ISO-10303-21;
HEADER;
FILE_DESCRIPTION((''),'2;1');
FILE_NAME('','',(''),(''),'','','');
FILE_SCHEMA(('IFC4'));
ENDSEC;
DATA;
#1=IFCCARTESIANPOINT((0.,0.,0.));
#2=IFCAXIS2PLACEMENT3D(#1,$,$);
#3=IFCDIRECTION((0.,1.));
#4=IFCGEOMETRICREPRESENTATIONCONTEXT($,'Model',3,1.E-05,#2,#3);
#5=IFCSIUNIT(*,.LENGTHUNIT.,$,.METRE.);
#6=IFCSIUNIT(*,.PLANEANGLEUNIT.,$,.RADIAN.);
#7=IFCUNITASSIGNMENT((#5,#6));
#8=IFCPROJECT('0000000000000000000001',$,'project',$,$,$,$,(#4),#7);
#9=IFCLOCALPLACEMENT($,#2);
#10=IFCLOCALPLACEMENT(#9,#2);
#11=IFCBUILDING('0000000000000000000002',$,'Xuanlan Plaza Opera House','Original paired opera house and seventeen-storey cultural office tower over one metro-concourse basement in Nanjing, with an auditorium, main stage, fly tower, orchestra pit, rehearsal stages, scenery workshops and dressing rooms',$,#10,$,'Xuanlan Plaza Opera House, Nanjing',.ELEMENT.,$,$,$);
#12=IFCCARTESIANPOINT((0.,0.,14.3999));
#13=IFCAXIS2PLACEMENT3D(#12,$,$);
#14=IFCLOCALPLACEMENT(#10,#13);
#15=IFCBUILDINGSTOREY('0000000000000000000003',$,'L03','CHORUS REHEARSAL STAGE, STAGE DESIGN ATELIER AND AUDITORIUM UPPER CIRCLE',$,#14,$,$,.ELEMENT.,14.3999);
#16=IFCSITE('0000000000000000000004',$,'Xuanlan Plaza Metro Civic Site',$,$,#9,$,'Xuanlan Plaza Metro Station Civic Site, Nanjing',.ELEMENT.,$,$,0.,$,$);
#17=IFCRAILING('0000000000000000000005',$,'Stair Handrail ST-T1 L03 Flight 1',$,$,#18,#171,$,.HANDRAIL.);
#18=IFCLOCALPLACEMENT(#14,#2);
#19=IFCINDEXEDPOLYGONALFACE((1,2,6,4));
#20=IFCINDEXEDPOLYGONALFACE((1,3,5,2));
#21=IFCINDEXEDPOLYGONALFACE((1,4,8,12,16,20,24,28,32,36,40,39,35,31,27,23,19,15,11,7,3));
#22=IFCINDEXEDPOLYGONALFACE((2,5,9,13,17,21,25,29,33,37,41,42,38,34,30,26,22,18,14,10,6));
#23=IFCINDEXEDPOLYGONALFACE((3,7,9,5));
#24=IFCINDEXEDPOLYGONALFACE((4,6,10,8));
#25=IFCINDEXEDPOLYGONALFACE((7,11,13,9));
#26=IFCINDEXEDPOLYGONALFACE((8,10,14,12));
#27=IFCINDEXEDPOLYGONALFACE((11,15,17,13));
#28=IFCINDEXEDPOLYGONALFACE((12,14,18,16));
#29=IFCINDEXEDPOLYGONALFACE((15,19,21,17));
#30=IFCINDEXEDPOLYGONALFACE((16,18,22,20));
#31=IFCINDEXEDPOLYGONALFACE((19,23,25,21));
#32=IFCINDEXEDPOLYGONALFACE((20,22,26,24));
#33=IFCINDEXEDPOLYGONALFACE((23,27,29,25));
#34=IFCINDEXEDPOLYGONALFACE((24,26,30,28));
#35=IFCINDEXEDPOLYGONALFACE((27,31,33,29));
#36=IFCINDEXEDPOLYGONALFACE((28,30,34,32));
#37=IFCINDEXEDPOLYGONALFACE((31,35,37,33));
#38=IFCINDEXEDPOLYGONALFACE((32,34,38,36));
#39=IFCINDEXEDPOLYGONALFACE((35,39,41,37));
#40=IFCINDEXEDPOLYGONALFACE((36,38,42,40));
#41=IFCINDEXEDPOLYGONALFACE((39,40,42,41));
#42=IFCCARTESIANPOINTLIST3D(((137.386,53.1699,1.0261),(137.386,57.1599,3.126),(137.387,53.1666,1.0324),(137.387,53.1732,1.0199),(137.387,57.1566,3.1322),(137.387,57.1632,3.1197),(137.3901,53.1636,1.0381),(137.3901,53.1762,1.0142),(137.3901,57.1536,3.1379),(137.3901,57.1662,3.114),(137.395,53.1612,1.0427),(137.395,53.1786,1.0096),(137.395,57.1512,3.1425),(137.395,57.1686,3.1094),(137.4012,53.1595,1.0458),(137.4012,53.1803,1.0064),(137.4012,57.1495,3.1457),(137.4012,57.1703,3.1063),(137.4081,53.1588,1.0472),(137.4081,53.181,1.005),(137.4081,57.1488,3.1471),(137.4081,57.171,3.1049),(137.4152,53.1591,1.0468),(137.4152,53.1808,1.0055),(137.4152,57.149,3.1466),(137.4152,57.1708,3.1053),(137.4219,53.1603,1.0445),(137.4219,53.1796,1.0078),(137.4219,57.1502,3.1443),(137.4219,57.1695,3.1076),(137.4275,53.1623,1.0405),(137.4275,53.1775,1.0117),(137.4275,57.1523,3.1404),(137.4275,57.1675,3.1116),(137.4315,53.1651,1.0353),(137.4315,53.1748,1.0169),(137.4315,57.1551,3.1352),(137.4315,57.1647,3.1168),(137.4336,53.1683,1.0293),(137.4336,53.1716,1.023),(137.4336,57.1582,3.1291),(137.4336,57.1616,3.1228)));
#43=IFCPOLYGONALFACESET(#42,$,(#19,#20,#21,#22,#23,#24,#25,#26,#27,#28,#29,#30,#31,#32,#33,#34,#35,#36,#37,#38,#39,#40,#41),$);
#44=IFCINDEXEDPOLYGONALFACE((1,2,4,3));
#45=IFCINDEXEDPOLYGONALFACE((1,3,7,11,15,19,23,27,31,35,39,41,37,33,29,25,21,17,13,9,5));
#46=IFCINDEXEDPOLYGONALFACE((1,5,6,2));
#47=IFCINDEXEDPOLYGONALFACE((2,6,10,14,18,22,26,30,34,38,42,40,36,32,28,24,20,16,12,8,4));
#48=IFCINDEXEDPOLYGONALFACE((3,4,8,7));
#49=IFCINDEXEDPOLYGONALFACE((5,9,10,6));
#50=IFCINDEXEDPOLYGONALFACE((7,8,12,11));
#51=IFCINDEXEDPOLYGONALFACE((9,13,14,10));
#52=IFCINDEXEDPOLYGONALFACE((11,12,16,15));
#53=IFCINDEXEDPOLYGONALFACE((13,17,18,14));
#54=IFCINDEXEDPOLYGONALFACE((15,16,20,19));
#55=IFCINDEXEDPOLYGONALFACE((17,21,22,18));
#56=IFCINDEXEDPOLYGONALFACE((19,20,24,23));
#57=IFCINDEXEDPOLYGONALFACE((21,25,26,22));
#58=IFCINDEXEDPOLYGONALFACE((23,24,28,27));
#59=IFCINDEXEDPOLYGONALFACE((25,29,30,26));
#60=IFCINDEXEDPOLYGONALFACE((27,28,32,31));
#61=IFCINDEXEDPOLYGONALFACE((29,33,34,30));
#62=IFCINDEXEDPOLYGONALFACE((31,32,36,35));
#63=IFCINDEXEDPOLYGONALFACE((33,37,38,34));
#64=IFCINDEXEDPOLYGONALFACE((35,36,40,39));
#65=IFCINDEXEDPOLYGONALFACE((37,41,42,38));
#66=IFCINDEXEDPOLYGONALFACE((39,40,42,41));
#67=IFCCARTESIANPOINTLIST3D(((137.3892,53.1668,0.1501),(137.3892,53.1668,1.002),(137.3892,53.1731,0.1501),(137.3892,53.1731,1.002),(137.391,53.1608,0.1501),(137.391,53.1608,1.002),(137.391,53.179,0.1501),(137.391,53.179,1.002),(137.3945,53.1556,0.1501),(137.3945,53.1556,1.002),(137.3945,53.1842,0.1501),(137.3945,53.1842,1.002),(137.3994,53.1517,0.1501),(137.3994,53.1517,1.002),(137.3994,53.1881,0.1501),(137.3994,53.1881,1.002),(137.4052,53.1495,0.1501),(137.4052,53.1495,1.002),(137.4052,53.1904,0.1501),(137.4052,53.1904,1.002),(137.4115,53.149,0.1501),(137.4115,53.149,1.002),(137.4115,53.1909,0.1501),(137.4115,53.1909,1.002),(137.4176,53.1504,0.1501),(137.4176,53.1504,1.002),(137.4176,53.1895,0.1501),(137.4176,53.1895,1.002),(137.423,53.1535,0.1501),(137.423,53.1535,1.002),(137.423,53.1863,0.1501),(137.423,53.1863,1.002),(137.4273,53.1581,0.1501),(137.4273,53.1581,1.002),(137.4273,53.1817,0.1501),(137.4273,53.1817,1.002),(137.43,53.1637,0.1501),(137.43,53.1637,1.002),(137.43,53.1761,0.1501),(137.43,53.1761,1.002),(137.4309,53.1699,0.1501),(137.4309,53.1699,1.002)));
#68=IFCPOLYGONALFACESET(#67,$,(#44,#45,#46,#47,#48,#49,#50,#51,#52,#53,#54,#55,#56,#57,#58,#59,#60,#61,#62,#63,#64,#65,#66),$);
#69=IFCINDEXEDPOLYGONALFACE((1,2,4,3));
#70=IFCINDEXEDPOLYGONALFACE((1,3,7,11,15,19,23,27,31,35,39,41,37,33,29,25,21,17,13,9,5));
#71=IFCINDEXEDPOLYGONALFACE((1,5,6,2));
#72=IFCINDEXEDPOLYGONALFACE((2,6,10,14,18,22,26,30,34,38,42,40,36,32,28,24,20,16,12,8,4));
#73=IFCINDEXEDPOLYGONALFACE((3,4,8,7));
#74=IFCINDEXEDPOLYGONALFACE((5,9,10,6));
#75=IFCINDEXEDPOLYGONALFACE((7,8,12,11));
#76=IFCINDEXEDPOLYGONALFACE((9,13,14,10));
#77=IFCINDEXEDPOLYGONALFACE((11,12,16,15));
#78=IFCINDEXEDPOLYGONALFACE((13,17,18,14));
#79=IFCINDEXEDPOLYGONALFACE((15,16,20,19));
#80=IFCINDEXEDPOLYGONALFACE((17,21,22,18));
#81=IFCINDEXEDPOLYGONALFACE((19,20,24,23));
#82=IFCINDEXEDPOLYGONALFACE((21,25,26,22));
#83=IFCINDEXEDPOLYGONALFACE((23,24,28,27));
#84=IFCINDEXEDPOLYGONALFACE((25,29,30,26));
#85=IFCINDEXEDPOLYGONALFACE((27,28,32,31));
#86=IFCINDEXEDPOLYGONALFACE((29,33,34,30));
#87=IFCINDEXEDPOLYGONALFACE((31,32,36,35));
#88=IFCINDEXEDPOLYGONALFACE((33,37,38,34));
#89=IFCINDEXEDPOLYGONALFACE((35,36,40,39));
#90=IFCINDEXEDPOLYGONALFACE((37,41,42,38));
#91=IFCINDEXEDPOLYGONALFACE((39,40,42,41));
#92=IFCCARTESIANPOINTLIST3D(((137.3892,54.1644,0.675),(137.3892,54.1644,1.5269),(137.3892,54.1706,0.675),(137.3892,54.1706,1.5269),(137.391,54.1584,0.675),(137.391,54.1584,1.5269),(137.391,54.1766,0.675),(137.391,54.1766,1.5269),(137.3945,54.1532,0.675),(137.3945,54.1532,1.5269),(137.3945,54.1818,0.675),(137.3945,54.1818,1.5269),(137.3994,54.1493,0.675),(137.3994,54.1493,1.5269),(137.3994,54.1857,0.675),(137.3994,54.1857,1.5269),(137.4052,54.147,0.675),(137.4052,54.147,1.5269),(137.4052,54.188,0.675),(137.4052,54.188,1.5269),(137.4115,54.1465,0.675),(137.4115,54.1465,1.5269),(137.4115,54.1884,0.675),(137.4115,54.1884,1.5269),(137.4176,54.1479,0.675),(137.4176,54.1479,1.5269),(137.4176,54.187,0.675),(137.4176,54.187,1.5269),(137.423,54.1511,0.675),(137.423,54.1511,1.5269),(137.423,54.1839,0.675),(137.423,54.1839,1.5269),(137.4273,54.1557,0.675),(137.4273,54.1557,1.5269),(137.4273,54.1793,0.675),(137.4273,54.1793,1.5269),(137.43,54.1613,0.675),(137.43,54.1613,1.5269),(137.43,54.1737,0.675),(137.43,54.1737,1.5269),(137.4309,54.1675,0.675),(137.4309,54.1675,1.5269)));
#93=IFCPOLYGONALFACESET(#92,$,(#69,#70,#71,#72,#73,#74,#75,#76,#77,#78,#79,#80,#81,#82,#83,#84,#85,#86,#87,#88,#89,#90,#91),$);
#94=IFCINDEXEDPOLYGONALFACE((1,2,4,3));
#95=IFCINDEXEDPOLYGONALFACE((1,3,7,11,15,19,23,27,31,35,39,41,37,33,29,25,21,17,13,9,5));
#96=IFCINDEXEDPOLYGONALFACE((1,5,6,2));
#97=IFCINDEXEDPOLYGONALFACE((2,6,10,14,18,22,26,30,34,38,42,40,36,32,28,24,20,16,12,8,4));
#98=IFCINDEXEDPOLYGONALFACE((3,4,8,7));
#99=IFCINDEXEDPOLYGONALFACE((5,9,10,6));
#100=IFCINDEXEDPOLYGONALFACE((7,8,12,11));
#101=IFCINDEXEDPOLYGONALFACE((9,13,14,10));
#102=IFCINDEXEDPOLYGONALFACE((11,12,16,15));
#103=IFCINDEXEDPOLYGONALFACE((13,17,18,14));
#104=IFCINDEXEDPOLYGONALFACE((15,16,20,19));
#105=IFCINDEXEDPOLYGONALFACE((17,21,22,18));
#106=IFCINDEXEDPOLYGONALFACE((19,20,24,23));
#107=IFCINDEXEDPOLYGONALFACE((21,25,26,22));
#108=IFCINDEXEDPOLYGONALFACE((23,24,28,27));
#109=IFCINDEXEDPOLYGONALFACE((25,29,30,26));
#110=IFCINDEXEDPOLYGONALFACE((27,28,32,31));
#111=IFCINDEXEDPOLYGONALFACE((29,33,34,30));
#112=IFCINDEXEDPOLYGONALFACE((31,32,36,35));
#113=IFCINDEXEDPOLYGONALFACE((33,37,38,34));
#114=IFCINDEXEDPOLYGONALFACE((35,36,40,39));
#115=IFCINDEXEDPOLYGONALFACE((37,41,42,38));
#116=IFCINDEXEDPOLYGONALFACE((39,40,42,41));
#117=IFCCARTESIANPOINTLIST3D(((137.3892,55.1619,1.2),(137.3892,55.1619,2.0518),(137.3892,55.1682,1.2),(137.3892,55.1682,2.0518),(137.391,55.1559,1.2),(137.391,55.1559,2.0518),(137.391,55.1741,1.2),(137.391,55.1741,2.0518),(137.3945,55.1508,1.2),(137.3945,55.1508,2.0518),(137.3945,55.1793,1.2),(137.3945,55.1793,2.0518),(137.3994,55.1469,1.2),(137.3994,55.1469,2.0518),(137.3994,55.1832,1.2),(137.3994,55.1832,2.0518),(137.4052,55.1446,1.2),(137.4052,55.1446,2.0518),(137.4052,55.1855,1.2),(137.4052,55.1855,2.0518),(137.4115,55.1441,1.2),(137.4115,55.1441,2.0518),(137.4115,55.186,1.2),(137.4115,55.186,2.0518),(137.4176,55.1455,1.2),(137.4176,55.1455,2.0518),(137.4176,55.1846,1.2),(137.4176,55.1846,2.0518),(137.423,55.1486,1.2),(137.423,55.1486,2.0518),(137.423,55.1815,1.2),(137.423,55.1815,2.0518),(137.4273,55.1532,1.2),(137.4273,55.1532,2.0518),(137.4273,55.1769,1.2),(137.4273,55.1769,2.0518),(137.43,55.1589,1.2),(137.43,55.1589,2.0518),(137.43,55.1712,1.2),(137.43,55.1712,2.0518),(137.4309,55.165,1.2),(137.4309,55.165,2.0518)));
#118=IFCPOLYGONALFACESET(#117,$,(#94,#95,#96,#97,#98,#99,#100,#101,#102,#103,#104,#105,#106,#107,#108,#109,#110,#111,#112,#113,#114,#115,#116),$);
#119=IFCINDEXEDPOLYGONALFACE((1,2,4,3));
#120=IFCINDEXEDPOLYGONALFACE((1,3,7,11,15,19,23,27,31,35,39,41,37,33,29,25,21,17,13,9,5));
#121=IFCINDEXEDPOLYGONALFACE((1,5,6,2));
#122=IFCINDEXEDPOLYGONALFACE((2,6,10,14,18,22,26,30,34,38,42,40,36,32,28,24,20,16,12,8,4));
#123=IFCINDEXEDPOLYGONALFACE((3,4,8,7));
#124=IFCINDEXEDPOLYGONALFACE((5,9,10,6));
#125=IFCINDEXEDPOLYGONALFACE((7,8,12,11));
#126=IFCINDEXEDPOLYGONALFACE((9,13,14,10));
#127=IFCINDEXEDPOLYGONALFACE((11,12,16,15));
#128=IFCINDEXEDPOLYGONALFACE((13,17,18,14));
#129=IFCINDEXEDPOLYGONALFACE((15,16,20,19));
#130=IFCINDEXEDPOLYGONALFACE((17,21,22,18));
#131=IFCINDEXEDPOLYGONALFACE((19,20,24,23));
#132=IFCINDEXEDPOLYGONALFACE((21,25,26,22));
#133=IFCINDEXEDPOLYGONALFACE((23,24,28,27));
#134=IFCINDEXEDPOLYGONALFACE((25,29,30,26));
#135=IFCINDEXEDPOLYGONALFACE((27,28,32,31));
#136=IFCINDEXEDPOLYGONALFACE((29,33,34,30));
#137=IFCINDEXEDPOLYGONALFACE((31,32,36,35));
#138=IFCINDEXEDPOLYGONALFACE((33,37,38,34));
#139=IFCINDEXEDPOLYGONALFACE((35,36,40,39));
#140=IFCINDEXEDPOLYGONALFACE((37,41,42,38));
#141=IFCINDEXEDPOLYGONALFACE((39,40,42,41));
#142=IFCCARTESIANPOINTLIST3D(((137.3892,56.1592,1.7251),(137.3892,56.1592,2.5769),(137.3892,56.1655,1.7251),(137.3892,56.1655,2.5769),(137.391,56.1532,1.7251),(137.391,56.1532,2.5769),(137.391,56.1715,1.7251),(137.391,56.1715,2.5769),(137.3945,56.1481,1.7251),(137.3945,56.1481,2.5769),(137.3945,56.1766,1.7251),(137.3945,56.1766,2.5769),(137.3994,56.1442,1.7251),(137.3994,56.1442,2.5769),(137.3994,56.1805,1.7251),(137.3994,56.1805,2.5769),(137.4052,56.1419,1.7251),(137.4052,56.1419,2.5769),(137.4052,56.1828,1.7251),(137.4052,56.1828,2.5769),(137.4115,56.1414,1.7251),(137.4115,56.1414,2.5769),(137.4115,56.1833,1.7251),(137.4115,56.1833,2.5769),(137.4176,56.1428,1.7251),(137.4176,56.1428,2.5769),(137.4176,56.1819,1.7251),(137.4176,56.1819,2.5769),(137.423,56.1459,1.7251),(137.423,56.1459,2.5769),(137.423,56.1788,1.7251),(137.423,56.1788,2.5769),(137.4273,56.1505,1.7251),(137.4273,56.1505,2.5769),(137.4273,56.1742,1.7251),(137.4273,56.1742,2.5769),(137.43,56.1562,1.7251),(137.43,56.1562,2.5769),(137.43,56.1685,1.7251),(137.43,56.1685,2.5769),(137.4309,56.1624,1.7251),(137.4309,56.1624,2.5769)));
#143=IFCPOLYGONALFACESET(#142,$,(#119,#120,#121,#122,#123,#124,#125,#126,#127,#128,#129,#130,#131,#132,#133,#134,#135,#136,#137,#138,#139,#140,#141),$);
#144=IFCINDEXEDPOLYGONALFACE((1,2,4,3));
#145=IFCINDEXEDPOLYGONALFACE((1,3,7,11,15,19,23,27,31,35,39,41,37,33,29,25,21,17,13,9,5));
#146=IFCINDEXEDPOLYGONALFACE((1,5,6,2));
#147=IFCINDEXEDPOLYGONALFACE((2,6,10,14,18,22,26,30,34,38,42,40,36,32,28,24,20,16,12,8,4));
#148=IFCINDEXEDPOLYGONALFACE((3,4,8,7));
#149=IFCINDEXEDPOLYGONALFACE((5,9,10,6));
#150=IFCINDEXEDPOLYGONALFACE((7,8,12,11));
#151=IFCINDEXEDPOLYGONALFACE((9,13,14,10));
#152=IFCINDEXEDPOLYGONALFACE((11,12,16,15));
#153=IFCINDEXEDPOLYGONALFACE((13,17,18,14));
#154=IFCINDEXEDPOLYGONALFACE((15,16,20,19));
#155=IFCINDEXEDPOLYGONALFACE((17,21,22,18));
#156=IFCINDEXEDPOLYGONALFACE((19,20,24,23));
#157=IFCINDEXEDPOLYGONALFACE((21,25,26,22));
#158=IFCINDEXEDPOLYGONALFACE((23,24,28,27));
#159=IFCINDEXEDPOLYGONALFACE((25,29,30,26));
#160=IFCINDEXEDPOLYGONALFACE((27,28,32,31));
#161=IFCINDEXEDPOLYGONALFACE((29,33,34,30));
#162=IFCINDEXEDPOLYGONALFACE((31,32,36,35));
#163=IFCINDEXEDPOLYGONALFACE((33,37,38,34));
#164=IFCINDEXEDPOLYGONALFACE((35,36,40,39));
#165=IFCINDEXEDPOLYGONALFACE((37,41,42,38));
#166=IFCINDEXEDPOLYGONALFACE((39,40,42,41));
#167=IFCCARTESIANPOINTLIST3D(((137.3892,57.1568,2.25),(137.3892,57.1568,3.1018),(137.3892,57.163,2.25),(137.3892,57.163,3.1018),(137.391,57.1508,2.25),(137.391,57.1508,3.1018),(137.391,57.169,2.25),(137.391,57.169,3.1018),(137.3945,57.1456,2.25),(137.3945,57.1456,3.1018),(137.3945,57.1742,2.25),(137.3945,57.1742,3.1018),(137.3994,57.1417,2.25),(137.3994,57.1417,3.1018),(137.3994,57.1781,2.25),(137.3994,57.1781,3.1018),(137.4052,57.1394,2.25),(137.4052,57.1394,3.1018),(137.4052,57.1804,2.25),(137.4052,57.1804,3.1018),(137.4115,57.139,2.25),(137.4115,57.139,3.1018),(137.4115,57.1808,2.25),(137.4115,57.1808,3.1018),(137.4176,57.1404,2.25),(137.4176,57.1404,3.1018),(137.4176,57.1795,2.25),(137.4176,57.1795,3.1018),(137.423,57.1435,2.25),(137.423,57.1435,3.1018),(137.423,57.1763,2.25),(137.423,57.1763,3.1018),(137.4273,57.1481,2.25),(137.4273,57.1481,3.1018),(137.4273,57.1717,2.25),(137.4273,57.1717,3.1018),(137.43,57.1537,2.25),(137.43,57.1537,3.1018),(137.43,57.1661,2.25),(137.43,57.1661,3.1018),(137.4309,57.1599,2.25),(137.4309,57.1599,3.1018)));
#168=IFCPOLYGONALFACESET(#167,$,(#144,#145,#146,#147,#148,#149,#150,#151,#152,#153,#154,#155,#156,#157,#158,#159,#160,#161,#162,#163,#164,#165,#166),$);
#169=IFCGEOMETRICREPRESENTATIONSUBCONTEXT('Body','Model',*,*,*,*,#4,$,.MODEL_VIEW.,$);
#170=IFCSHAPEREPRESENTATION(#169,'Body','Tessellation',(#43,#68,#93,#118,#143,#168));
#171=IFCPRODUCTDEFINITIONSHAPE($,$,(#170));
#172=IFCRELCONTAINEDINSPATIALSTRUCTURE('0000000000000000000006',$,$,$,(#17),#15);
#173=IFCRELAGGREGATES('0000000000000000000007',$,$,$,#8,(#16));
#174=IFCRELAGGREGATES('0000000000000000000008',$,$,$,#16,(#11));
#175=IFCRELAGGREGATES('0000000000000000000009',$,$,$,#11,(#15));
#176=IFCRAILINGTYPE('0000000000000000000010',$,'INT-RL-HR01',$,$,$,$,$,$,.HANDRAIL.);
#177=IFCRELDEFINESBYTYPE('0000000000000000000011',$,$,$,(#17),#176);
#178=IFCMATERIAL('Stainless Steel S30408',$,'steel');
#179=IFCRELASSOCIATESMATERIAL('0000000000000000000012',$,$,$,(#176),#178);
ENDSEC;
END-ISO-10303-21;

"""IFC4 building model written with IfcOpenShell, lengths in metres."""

from ifc_helpers import new_model, si_unit, direction, frame, origin, origin_2d, place, context, subcontext, project, spatial, circle, extrude, material, type_object, element, save


model = new_model("IFC4")

# Units and contexts
model_context = context("Model", 3, precision=1e-05, world=origin(), true_north=direction((0.0, 1.0)))
body_context = subcontext(model_context, "Body", "Model", "MODEL_VIEW")
ifc_project = project(units=[si_unit("LENGTHUNIT", "METRE"), si_unit("PLANEANGLEUNIT", "RADIAN")], contexts=[model_context])

# Site, building, storey
site_placement = place(None, origin())
site = spatial("IfcSite", under=ifc_project, at=site_placement, Name="Xuanlan Plaza Metro Civic Site", LongName="Xuanlan Plaza Metro Station Civic Site, Nanjing", CompositionType="ELEMENT", RefElevation=0.0)
building_placement = place(site_placement, origin())
building = spatial("IfcBuilding", under=site, at=building_placement, Name="Xuanlan Plaza Opera House", Description="Original paired opera house and seventeen-storey cultural office tower over one metro-concourse basement in Nanjing, with an auditorium, main stage, fly tower, orchestra pit, rehearsal stages, scenery workshops and dressing rooms", LongName="Xuanlan Plaza Opera House, Nanjing", CompositionType="ELEMENT")
storey_placement = place(building_placement, frame((0.0, 0.0, 14.3999)))
storey = spatial("IfcBuildingStorey", under=building, at=storey_placement, Name="L03", Description="CHORUS REHEARSAL STAGE, STAGE DESIGN ATELIER AND AUDITORIUM UPPER CIRCLE", CompositionType="ELEMENT", Elevation=14.3999)

# Shared definitions
ifc_material_1 = material(Name="Stainless Steel S30408", Category="steel")

# Railing
railing_type = type_object("IfcRailingType", Name="INT-RL-HR01", PredefinedType="HANDRAIL", material=ifc_material_1)
railing_placement = place(storey_placement, frame((137.4099, 53.1699, 0.1501)))
element("IfcRailing", 1, at=railing_placement, inside=storey, type_object=railing_type, Name="Stair Handrail ST-T1 L03 Flight 1", PredefinedType="HANDRAIL", context=body_context, shape_type="SweptSolid", body=[
    extrude(circle(Radius=0.0239, at=origin_2d()), frame((0.0, 0.0, 0.876), z_axis=(0.0, 0.884931, 0.465722), x_axis=(-1.0, 0.0, 0.0)), (0.0, 0.0, 1.0), 4.5088),
    extrude(circle(Radius=0.021, at=origin_2d()), origin(), (0.0, 0.0, 1.0), 0.8518),
    extrude(circle(Radius=0.021, at=origin_2d()), frame((0.0, 0.9976, 0.5249)), (0.0, 0.0, 1.0), 0.8518),
    extrude(circle(Radius=0.021, at=origin_2d()), frame((0.0, 1.9951, 1.0498)), (0.0, 0.0, 1.0), 0.8518),
    extrude(circle(Radius=0.021, at=origin_2d()), frame((0.0, 2.9924, 1.575)), (0.0, 0.0, 1.0), 0.8518),
    extrude(circle(Radius=0.021, at=origin_2d()), frame((0.0, 3.99, 2.0999)), (0.0, 0.0, 1.0), 0.8518),
])

save(model, "model.ifc")
